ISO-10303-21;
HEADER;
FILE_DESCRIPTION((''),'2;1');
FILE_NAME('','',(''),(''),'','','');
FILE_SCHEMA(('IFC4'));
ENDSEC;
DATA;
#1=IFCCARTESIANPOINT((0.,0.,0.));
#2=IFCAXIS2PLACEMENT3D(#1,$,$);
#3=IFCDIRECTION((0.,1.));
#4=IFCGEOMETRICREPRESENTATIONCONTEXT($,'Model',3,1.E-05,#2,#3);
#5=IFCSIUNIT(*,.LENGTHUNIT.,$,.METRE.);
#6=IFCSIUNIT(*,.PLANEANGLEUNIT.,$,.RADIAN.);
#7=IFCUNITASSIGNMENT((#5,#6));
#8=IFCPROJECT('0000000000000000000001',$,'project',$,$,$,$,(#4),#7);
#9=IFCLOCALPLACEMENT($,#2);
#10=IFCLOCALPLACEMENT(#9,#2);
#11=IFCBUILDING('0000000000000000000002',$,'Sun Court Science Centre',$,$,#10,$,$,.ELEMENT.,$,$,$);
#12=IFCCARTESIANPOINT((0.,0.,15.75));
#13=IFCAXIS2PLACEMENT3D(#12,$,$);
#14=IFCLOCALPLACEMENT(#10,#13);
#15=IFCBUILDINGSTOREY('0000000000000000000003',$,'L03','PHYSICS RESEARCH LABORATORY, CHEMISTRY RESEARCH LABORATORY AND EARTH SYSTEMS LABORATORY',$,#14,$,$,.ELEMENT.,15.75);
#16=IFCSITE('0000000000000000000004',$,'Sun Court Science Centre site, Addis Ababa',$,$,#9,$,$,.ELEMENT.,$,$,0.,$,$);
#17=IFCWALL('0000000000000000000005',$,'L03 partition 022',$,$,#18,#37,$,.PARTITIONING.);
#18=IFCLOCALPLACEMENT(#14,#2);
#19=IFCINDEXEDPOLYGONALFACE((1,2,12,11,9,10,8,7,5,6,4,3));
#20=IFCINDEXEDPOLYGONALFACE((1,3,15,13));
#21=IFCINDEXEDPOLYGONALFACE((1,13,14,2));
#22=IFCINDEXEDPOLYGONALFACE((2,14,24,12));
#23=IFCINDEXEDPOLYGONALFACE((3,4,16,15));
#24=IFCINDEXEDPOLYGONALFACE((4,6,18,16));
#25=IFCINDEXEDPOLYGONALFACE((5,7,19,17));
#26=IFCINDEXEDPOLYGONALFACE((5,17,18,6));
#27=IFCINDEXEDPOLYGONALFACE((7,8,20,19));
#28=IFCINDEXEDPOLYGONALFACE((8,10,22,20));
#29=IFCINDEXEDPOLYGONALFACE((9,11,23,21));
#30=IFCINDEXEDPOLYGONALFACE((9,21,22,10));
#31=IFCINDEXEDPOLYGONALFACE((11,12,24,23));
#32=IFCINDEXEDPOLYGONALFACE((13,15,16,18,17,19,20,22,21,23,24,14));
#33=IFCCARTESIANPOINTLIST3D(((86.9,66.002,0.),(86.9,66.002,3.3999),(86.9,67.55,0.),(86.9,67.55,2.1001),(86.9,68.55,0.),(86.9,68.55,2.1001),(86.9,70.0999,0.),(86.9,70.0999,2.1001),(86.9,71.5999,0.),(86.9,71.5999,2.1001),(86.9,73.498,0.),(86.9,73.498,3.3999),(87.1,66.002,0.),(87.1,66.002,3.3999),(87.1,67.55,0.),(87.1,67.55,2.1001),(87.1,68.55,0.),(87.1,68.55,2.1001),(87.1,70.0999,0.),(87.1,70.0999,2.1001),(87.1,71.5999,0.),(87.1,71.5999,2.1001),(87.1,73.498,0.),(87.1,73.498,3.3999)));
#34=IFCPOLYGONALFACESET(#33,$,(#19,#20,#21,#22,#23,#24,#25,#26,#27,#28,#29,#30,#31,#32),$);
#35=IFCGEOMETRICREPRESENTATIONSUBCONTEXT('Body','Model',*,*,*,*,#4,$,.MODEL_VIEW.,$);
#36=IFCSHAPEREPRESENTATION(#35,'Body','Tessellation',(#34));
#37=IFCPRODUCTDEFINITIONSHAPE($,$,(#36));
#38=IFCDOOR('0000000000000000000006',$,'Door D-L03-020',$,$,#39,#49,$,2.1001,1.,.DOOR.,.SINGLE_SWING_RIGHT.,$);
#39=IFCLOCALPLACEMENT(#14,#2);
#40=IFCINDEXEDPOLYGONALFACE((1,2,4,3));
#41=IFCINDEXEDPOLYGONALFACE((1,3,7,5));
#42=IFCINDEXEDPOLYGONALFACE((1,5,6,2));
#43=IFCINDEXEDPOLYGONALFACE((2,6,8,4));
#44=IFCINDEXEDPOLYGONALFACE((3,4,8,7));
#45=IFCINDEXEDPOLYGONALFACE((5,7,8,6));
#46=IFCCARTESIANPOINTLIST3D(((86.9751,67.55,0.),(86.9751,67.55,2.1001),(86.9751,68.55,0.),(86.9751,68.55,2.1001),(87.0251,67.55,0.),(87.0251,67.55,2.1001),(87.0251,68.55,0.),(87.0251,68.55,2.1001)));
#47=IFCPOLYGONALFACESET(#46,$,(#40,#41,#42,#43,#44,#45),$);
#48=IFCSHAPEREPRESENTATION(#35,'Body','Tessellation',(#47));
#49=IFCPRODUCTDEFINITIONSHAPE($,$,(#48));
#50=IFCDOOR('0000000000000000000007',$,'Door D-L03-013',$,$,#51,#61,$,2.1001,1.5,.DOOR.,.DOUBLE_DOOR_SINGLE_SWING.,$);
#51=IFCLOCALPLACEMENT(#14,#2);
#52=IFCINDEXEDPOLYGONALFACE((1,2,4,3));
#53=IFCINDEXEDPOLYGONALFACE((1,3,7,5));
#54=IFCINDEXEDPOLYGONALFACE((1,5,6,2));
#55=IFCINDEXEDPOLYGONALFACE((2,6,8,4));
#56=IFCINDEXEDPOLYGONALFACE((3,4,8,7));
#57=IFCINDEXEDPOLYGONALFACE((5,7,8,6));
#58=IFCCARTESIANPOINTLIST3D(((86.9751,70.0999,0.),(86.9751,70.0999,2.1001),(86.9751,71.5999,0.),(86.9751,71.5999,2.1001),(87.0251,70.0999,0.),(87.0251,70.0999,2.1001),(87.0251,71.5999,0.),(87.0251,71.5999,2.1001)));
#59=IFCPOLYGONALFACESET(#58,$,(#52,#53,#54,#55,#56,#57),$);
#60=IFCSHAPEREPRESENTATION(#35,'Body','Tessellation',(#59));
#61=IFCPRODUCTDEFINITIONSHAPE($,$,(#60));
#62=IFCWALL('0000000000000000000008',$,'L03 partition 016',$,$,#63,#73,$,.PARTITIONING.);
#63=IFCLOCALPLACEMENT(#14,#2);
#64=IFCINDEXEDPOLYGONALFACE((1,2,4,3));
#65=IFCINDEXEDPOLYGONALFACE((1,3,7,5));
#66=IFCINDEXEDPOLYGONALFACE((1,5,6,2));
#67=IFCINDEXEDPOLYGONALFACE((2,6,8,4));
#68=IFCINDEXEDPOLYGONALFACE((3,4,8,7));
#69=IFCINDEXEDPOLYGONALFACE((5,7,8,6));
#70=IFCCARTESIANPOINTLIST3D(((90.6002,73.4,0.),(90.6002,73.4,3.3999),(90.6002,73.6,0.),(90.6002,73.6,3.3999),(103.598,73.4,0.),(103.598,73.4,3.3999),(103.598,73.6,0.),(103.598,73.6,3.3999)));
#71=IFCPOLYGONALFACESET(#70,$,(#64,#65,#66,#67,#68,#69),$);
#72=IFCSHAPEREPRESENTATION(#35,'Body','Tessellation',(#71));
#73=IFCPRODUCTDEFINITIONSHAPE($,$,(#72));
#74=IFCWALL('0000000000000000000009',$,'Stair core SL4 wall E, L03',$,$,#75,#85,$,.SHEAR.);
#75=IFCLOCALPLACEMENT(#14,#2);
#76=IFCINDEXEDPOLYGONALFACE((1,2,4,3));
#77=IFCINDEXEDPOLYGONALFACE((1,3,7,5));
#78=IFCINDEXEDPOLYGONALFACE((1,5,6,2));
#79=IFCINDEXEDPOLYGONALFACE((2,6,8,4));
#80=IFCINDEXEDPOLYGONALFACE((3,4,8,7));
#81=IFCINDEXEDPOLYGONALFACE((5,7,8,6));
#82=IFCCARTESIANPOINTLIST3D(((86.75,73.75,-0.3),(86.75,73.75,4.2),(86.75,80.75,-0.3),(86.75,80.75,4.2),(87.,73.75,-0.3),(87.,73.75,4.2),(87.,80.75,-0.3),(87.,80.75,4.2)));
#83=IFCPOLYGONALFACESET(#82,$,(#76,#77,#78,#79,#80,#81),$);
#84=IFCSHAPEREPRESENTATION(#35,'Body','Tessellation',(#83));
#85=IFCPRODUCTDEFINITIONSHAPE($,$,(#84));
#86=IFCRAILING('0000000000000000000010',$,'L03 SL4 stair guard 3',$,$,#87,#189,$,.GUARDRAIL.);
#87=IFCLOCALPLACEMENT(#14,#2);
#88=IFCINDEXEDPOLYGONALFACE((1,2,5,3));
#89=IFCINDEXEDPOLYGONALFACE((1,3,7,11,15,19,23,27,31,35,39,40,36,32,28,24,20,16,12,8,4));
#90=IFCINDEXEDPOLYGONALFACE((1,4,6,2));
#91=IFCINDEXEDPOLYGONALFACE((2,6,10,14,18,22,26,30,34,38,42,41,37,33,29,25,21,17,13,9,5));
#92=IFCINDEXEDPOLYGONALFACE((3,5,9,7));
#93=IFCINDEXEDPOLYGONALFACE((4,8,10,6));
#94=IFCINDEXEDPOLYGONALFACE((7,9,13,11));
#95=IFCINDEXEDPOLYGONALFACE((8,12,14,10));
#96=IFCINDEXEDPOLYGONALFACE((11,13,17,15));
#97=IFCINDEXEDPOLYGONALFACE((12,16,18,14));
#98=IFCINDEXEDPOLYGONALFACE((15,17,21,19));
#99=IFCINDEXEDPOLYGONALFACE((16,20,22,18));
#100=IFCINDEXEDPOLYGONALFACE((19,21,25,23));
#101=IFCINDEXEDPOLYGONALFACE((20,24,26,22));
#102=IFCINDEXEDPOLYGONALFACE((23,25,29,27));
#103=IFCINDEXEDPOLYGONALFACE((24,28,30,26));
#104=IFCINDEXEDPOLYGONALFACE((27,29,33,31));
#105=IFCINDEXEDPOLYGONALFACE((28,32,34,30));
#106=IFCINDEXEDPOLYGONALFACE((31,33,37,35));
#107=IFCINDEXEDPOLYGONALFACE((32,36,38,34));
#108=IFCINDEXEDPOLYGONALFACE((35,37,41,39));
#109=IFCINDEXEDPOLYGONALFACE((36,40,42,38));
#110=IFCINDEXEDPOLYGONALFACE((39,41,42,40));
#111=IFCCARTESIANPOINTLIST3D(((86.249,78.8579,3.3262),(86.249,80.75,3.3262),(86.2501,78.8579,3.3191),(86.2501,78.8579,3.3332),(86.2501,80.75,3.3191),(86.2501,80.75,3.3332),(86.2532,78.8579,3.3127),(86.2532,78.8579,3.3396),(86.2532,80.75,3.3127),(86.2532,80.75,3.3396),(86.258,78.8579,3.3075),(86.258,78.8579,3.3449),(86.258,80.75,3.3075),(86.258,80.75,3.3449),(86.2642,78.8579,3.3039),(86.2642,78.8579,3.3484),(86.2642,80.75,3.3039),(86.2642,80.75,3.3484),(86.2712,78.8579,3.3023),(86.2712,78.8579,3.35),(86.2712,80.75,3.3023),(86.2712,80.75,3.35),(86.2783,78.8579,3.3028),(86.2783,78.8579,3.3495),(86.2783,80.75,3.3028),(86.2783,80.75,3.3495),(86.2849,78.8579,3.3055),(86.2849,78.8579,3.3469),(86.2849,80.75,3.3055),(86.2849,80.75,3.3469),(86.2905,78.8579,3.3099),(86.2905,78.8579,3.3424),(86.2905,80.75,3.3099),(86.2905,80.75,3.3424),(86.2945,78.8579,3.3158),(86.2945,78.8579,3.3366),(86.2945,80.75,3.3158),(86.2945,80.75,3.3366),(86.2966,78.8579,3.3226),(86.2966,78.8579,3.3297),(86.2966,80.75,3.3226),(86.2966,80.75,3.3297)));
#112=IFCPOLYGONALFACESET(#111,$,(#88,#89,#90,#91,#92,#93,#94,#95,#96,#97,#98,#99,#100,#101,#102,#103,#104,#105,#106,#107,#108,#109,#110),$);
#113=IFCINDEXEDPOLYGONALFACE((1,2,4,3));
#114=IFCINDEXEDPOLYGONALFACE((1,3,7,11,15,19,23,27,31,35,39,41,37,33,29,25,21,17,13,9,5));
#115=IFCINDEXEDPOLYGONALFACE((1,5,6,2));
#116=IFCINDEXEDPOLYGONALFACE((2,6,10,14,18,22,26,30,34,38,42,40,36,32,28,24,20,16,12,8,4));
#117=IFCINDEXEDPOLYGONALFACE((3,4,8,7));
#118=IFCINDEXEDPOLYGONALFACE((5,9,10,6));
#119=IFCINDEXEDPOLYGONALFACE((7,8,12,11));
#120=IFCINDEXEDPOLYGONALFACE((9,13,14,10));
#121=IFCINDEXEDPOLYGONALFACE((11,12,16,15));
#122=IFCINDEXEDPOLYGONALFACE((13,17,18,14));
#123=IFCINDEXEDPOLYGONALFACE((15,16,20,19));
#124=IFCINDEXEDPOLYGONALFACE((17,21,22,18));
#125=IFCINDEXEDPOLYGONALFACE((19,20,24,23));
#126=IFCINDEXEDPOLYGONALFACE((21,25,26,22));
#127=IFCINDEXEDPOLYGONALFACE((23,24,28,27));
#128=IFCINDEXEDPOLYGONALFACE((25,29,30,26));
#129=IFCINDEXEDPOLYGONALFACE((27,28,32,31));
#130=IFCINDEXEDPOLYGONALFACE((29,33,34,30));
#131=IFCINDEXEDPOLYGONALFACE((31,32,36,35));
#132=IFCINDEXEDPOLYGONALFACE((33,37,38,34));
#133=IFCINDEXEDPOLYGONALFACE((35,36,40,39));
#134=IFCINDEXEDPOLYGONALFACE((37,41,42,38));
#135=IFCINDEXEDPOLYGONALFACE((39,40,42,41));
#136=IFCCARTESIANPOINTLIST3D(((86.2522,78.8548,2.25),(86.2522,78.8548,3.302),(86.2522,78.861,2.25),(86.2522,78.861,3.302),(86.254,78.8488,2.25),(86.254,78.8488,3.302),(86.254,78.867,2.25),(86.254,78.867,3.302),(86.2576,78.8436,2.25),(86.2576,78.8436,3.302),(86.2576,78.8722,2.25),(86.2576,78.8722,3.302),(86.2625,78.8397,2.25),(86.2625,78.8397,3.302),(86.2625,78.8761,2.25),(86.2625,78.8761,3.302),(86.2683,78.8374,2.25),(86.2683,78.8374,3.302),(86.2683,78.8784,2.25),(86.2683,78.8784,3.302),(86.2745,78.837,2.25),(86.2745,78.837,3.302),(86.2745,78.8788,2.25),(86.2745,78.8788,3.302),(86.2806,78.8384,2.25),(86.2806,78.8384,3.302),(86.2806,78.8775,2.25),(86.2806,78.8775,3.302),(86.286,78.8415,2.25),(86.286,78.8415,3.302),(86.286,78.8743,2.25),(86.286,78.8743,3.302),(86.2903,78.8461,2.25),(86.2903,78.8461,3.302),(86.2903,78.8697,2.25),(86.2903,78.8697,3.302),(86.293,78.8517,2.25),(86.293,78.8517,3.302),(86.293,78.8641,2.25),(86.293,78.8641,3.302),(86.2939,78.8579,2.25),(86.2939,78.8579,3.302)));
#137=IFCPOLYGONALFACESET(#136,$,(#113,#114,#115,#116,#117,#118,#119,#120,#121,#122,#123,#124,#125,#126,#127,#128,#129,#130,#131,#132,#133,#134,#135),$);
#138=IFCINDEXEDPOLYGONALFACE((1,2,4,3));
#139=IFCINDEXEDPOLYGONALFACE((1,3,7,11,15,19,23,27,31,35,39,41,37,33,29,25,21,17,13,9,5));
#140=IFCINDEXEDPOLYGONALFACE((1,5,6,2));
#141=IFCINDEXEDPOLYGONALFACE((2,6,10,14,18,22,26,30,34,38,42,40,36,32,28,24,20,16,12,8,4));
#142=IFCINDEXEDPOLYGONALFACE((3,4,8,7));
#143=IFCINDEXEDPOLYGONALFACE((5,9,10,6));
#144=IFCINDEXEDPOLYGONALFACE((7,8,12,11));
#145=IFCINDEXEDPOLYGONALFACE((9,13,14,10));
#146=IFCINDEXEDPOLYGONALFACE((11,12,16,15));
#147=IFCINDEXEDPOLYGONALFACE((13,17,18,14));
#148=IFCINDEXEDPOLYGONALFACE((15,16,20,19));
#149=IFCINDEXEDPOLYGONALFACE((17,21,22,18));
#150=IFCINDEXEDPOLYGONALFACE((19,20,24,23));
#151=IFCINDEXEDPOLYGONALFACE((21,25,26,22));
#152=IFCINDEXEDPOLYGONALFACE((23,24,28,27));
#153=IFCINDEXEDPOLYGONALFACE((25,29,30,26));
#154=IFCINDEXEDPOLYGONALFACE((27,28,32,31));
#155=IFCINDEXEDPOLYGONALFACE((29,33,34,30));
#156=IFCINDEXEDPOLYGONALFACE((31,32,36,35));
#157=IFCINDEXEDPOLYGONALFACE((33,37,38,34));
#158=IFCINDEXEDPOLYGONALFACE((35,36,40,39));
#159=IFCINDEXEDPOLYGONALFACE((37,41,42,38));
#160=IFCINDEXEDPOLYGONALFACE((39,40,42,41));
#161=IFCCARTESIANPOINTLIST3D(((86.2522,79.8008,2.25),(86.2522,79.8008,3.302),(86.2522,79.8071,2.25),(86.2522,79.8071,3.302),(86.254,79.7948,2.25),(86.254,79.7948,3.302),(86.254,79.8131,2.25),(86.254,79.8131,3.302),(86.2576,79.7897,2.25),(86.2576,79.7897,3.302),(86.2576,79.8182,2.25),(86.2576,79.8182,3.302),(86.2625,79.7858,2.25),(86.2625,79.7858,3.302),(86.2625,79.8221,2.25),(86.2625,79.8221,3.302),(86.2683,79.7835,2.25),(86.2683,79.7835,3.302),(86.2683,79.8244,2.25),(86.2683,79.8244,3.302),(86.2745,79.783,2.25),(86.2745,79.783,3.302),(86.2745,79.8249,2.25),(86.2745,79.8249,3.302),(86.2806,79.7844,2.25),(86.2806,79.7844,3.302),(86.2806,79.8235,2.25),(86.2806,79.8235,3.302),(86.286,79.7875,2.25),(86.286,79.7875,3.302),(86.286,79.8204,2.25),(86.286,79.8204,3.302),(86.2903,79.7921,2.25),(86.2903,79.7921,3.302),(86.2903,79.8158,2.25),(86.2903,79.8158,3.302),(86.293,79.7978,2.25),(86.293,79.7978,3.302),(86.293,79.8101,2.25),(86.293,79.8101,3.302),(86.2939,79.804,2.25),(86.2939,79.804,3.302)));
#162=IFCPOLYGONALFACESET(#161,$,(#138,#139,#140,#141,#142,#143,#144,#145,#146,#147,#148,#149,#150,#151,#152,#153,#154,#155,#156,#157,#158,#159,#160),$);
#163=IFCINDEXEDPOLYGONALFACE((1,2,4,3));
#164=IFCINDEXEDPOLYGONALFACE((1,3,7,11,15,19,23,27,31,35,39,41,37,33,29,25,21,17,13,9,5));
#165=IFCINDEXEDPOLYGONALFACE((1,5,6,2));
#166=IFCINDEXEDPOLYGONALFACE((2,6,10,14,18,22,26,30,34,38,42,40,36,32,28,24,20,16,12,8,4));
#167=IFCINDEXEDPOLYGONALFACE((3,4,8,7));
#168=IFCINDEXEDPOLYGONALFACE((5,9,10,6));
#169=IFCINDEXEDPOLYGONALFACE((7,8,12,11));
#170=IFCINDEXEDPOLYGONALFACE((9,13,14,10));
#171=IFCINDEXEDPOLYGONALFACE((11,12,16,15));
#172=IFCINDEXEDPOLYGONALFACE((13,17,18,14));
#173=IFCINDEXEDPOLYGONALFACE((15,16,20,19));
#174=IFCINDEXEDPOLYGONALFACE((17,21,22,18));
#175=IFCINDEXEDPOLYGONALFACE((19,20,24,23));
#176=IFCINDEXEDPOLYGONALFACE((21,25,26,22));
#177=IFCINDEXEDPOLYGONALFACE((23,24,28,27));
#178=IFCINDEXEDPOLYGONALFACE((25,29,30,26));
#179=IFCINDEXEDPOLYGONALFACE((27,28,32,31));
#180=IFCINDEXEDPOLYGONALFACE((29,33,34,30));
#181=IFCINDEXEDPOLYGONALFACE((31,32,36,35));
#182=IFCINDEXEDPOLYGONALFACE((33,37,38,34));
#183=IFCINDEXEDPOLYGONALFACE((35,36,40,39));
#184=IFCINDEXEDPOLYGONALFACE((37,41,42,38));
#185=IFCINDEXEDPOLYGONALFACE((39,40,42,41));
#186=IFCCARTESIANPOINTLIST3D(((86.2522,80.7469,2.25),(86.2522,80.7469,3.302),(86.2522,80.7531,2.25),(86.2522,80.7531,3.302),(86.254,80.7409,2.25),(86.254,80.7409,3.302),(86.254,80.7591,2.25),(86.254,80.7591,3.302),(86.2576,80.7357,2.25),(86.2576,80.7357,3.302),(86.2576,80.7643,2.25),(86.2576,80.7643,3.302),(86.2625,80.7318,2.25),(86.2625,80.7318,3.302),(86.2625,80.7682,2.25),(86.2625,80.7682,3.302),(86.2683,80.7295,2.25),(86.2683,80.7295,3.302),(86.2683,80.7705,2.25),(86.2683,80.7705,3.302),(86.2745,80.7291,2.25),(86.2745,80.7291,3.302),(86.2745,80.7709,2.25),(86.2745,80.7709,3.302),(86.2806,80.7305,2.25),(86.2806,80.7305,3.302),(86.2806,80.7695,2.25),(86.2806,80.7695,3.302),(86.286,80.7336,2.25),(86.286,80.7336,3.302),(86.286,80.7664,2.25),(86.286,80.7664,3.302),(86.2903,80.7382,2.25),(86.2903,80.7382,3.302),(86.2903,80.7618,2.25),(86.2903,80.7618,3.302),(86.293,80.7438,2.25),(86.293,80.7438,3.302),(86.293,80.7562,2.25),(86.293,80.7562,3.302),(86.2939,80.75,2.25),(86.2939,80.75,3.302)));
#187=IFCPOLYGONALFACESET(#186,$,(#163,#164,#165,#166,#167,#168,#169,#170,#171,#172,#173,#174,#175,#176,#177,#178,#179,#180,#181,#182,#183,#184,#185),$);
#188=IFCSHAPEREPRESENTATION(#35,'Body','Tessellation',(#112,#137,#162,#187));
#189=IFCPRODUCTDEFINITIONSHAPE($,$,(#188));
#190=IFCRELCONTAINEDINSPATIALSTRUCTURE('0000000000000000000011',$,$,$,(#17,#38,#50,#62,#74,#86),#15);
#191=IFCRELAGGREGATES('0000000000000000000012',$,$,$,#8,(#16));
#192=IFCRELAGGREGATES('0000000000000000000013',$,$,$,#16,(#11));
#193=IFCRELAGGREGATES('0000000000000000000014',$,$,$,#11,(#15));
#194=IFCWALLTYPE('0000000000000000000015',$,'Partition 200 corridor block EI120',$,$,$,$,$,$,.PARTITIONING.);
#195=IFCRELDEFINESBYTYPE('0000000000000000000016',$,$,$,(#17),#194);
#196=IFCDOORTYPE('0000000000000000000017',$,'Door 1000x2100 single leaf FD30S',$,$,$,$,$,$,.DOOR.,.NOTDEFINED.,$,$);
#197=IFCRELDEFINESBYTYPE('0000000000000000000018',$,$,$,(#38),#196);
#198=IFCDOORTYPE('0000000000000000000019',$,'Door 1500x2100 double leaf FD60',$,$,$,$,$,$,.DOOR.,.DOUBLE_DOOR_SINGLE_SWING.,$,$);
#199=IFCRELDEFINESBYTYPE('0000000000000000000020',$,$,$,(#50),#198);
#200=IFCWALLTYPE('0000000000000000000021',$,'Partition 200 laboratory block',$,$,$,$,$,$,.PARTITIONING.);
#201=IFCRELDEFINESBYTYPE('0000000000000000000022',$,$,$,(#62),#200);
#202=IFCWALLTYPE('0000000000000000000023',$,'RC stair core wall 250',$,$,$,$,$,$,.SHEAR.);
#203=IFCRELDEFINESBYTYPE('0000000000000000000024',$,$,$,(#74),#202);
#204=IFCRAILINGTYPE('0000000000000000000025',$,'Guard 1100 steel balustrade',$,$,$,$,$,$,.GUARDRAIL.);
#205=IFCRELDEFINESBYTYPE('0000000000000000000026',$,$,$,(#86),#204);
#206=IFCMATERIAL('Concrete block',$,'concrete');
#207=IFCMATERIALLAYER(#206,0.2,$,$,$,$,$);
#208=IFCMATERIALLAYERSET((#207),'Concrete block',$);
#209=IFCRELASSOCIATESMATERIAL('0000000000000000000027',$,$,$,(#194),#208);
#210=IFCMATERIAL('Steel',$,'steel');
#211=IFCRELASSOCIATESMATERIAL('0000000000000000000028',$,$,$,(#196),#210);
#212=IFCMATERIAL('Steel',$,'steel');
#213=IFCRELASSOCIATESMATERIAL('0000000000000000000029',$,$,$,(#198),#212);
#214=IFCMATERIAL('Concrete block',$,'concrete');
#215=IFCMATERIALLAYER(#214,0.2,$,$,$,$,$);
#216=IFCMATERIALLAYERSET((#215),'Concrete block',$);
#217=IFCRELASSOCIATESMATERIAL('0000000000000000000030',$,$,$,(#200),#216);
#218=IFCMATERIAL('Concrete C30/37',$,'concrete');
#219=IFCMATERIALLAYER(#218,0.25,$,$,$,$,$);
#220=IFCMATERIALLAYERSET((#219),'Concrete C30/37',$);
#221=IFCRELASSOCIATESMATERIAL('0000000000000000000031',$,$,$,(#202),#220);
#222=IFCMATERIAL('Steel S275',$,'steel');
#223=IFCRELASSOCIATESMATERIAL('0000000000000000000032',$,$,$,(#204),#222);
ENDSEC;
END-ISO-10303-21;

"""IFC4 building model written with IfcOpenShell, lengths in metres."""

from ifc_helpers import new_model, si_unit, direction, frame, frame_2d, origin, origin_2d, place, context, subcontext, project, spatial, rectangle, circle, extrude, material, layer, layer_set, type_object, element, fill, save


model = new_model("IFC4")

# Units and contexts
model_context = context("Model", 3, precision=1e-05, world=origin(), true_north=direction((0.0, 1.0)))
body_context = subcontext(model_context, "Body", "Model", "MODEL_VIEW")
ifc_project = project(units=[si_unit("LENGTHUNIT", "METRE"), si_unit("PLANEANGLEUNIT", "RADIAN")], contexts=[model_context])

# Site, building, storey
site_placement = place(None, origin())
site = spatial("IfcSite", under=ifc_project, at=site_placement, Name="Sun Court Science Centre site, Addis Ababa", CompositionType="ELEMENT", RefElevation=0.0)
building_placement = place(site_placement, origin())
building = spatial("IfcBuilding", under=site, at=building_placement, Name="Sun Court Science Centre", CompositionType="ELEMENT")
storey_placement = place(building_placement, frame((0.0, 0.0, 15.75)))
storey = spatial("IfcBuildingStorey", under=building, at=storey_placement, Name="L03", Description="PHYSICS RESEARCH LABORATORY, CHEMISTRY RESEARCH LABORATORY AND EARTH SYSTEMS LABORATORY", CompositionType="ELEMENT", Elevation=15.75)

# Wall, openings, doors
ifc_material_1 = material(Name="Concrete block", Category="concrete")
ifc_layer_1 = layer(ifc_material_1, 0.2)
ifc_layer_set_1 = layer_set([ifc_layer_1], Name="Concrete block")
wall_type_1 = type_object("IfcWallType", Name="Partition 200 corridor block EI120", PredefinedType="PARTITIONING", material=ifc_layer_set_1)
wall_1_placement = place(storey_placement, frame((87.0, 66.002, 0.0), z_axis=(0.0, 0.0, 1.0), x_axis=(0.0, 1.0, 0.0)))
wall_1 = element("IfcWall", 1, at=wall_1_placement, inside=storey, type_object=wall_type_1, Name="L03 partition 022", PredefinedType="PARTITIONING", context=body_context, shape_type="SweptSolid", body=[
    extrude(rectangle(XDim=7.4961, YDim=0.2, at=frame_2d((3.748, 0.0))), origin(), (0.0, 0.0, 1.0), 3.3999),
])
opening_1_placement = place(wall_1_placement, frame((4.0979, 0.0, 0.0)))
opening_1 = element("IfcOpeningElement", 2, at=opening_1_placement, cuts=wall_1, PredefinedType="OPENING", context=body_context, shape_type="SweptSolid", body=[
    extrude(rectangle(XDim=1.5, YDim=2.1001, at=frame_2d((0.75, 1.05))), frame((0.0, 0.1099, 0.0), z_axis=(0.0, -1.0, 0.0), x_axis=(1.0, 0.0, 0.0)), (0.0, 0.0, 1.0), 0.22),
])
opening_2_placement = place(wall_1_placement, frame((1.5481, 0.0, 0.0)))
opening_2 = element("IfcOpeningElement", 3, at=opening_2_placement, cuts=wall_1, PredefinedType="OPENING", context=body_context, shape_type="SweptSolid", body=[
    extrude(rectangle(XDim=1.0, YDim=2.1001, at=frame_2d((0.5, 1.05))), frame((0.0, 0.1099, 0.0), z_axis=(0.0, -1.0, 0.0), x_axis=(1.0, 0.0, 0.0)), (0.0, 0.0, 1.0), 0.22),
])
ifc_material_2 = material(Name="Steel", Category="steel")
door_type_1 = type_object("IfcDoorType", Name="Door 1000x2100 single leaf FD30S", OperationType="NOTDEFINED", PredefinedType="DOOR", material=ifc_material_2)
door_1_placement = place(opening_2_placement, origin())
door_1 = element("IfcDoor", 4, at=door_1_placement, inside=storey, type_object=door_type_1, Name="Door D-L03-020", OperationType="SINGLE_SWING_RIGHT", OverallHeight=2.1001, OverallWidth=1.0, PredefinedType="DOOR", context=body_context, shape_type="SweptSolid", body=[
    extrude(rectangle(XDim=1.0, YDim=2.1001, at=frame_2d((0.5, 1.05))), frame((0.0, 0.0249, 0.0), z_axis=(0.0, -1.0, 0.0), x_axis=(1.0, 0.0, 0.0)), (0.0, 0.0, 1.0), 0.05),
])
fill(opening_2, door_1)
ifc_material_3 = material(Name="Steel", Category="steel")
door_type_2 = type_object("IfcDoorType", Name="Door 1500x2100 double leaf FD60", OperationType="DOUBLE_DOOR_SINGLE_SWING", PredefinedType="DOOR", material=ifc_material_3)
door_2_placement = place(opening_1_placement, origin())
door_2 = element("IfcDoor", 5, at=door_2_placement, inside=storey, type_object=door_type_2, Name="Door D-L03-013", OperationType="DOUBLE_DOOR_SINGLE_SWING", OverallHeight=2.1001, OverallWidth=1.5, PredefinedType="DOOR", context=body_context, shape_type="SweptSolid", body=[
    extrude(rectangle(XDim=1.5, YDim=2.1001, at=frame_2d((0.75, 1.05))), frame((0.0, 0.0249, 0.0), z_axis=(0.0, -1.0, 0.0), x_axis=(1.0, 0.0, 0.0)), (0.0, 0.0, 1.0), 0.05),
])
fill(opening_1, door_2)

# Walls
ifc_material_4 = material(Name="Concrete block", Category="concrete")
ifc_layer_2 = layer(ifc_material_4, 0.2)
ifc_layer_set_2 = layer_set([ifc_layer_2], Name="Concrete block")
wall_type_2 = type_object("IfcWallType", Name="Partition 200 laboratory block", PredefinedType="PARTITIONING", material=ifc_layer_set_2)
wall_2_placement = place(storey_placement, frame((90.6001, 73.5, 0.0), z_axis=(0.0, 0.0, 1.0), x_axis=(1.0, 0.0, 0.0)))
element("IfcWall", 6, at=wall_2_placement, inside=storey, type_object=wall_type_2, Name="L03 partition 016", PredefinedType="PARTITIONING", context=body_context, shape_type="SweptSolid", body=[
    extrude(rectangle(XDim=12.9978, YDim=0.2, at=frame_2d((6.499, 0.0))), origin(), (0.0, 0.0, 1.0), 3.3999),
])
ifc_material_5 = material(Name="Concrete C30/37", Category="concrete")
ifc_layer_3 = layer(ifc_material_5, 0.25)
ifc_layer_set_3 = layer_set([ifc_layer_3], Name="Concrete C30/37")
wall_type_3 = type_object("IfcWallType", Name="RC stair core wall 250", PredefinedType="SHEAR", material=ifc_layer_set_3)
wall_3_placement = place(storey_placement, frame((86.875, 73.75, -0.3), z_axis=(0.0, 0.0, 1.0), x_axis=(0.0, 1.0, 0.0)))
element("IfcWall", 7, at=wall_3_placement, inside=storey, type_object=wall_type_3, Name="Stair core SL4 wall E, L03", PredefinedType="SHEAR", context=body_context, shape_type="SweptSolid", body=[
    extrude(rectangle(XDim=7.0, YDim=0.25, at=frame_2d((3.5, 0.0))), origin(), (0.0, 0.0, 1.0), 4.5),
])

# Railing
ifc_material_6 = material(Name="Steel S275", Category="steel")
railing_type_1 = type_object("IfcRailingType", Name="Guard 1100 steel balustrade", PredefinedType="GUARDRAIL", material=ifc_material_6)
railing_1_placement = place(storey_placement, frame((86.2729, 78.8579, 2.25)))
element("IfcRailing", 8, at=railing_1_placement, inside=storey, type_object=railing_type_1, Name="L03 SL4 stair guard 3", PredefinedType="GUARDRAIL", context=body_context, shape_type="SweptSolid", body=[
    extrude(circle(Radius=0.0239, at=origin_2d()), frame((0.0, 0.0, 1.0762), z_axis=(0.0, 1.0, 0.0), x_axis=(-1.0, 0.0, 0.0)), (0.0, 0.0, 1.0), 1.8921),
    extrude(circle(Radius=0.021, at=origin_2d()), origin(), (0.0, 0.0, 1.0), 1.052),
    extrude(circle(Radius=0.021, at=origin_2d()), frame((0.0, 0.946, 0.0)), (0.0, 0.0, 1.0), 1.052),
    extrude(circle(Radius=0.021, at=origin_2d()), frame((0.0, 1.8921, 0.0)), (0.0, 0.0, 1.0), 1.052),
])

save(model, "model.ifc")
